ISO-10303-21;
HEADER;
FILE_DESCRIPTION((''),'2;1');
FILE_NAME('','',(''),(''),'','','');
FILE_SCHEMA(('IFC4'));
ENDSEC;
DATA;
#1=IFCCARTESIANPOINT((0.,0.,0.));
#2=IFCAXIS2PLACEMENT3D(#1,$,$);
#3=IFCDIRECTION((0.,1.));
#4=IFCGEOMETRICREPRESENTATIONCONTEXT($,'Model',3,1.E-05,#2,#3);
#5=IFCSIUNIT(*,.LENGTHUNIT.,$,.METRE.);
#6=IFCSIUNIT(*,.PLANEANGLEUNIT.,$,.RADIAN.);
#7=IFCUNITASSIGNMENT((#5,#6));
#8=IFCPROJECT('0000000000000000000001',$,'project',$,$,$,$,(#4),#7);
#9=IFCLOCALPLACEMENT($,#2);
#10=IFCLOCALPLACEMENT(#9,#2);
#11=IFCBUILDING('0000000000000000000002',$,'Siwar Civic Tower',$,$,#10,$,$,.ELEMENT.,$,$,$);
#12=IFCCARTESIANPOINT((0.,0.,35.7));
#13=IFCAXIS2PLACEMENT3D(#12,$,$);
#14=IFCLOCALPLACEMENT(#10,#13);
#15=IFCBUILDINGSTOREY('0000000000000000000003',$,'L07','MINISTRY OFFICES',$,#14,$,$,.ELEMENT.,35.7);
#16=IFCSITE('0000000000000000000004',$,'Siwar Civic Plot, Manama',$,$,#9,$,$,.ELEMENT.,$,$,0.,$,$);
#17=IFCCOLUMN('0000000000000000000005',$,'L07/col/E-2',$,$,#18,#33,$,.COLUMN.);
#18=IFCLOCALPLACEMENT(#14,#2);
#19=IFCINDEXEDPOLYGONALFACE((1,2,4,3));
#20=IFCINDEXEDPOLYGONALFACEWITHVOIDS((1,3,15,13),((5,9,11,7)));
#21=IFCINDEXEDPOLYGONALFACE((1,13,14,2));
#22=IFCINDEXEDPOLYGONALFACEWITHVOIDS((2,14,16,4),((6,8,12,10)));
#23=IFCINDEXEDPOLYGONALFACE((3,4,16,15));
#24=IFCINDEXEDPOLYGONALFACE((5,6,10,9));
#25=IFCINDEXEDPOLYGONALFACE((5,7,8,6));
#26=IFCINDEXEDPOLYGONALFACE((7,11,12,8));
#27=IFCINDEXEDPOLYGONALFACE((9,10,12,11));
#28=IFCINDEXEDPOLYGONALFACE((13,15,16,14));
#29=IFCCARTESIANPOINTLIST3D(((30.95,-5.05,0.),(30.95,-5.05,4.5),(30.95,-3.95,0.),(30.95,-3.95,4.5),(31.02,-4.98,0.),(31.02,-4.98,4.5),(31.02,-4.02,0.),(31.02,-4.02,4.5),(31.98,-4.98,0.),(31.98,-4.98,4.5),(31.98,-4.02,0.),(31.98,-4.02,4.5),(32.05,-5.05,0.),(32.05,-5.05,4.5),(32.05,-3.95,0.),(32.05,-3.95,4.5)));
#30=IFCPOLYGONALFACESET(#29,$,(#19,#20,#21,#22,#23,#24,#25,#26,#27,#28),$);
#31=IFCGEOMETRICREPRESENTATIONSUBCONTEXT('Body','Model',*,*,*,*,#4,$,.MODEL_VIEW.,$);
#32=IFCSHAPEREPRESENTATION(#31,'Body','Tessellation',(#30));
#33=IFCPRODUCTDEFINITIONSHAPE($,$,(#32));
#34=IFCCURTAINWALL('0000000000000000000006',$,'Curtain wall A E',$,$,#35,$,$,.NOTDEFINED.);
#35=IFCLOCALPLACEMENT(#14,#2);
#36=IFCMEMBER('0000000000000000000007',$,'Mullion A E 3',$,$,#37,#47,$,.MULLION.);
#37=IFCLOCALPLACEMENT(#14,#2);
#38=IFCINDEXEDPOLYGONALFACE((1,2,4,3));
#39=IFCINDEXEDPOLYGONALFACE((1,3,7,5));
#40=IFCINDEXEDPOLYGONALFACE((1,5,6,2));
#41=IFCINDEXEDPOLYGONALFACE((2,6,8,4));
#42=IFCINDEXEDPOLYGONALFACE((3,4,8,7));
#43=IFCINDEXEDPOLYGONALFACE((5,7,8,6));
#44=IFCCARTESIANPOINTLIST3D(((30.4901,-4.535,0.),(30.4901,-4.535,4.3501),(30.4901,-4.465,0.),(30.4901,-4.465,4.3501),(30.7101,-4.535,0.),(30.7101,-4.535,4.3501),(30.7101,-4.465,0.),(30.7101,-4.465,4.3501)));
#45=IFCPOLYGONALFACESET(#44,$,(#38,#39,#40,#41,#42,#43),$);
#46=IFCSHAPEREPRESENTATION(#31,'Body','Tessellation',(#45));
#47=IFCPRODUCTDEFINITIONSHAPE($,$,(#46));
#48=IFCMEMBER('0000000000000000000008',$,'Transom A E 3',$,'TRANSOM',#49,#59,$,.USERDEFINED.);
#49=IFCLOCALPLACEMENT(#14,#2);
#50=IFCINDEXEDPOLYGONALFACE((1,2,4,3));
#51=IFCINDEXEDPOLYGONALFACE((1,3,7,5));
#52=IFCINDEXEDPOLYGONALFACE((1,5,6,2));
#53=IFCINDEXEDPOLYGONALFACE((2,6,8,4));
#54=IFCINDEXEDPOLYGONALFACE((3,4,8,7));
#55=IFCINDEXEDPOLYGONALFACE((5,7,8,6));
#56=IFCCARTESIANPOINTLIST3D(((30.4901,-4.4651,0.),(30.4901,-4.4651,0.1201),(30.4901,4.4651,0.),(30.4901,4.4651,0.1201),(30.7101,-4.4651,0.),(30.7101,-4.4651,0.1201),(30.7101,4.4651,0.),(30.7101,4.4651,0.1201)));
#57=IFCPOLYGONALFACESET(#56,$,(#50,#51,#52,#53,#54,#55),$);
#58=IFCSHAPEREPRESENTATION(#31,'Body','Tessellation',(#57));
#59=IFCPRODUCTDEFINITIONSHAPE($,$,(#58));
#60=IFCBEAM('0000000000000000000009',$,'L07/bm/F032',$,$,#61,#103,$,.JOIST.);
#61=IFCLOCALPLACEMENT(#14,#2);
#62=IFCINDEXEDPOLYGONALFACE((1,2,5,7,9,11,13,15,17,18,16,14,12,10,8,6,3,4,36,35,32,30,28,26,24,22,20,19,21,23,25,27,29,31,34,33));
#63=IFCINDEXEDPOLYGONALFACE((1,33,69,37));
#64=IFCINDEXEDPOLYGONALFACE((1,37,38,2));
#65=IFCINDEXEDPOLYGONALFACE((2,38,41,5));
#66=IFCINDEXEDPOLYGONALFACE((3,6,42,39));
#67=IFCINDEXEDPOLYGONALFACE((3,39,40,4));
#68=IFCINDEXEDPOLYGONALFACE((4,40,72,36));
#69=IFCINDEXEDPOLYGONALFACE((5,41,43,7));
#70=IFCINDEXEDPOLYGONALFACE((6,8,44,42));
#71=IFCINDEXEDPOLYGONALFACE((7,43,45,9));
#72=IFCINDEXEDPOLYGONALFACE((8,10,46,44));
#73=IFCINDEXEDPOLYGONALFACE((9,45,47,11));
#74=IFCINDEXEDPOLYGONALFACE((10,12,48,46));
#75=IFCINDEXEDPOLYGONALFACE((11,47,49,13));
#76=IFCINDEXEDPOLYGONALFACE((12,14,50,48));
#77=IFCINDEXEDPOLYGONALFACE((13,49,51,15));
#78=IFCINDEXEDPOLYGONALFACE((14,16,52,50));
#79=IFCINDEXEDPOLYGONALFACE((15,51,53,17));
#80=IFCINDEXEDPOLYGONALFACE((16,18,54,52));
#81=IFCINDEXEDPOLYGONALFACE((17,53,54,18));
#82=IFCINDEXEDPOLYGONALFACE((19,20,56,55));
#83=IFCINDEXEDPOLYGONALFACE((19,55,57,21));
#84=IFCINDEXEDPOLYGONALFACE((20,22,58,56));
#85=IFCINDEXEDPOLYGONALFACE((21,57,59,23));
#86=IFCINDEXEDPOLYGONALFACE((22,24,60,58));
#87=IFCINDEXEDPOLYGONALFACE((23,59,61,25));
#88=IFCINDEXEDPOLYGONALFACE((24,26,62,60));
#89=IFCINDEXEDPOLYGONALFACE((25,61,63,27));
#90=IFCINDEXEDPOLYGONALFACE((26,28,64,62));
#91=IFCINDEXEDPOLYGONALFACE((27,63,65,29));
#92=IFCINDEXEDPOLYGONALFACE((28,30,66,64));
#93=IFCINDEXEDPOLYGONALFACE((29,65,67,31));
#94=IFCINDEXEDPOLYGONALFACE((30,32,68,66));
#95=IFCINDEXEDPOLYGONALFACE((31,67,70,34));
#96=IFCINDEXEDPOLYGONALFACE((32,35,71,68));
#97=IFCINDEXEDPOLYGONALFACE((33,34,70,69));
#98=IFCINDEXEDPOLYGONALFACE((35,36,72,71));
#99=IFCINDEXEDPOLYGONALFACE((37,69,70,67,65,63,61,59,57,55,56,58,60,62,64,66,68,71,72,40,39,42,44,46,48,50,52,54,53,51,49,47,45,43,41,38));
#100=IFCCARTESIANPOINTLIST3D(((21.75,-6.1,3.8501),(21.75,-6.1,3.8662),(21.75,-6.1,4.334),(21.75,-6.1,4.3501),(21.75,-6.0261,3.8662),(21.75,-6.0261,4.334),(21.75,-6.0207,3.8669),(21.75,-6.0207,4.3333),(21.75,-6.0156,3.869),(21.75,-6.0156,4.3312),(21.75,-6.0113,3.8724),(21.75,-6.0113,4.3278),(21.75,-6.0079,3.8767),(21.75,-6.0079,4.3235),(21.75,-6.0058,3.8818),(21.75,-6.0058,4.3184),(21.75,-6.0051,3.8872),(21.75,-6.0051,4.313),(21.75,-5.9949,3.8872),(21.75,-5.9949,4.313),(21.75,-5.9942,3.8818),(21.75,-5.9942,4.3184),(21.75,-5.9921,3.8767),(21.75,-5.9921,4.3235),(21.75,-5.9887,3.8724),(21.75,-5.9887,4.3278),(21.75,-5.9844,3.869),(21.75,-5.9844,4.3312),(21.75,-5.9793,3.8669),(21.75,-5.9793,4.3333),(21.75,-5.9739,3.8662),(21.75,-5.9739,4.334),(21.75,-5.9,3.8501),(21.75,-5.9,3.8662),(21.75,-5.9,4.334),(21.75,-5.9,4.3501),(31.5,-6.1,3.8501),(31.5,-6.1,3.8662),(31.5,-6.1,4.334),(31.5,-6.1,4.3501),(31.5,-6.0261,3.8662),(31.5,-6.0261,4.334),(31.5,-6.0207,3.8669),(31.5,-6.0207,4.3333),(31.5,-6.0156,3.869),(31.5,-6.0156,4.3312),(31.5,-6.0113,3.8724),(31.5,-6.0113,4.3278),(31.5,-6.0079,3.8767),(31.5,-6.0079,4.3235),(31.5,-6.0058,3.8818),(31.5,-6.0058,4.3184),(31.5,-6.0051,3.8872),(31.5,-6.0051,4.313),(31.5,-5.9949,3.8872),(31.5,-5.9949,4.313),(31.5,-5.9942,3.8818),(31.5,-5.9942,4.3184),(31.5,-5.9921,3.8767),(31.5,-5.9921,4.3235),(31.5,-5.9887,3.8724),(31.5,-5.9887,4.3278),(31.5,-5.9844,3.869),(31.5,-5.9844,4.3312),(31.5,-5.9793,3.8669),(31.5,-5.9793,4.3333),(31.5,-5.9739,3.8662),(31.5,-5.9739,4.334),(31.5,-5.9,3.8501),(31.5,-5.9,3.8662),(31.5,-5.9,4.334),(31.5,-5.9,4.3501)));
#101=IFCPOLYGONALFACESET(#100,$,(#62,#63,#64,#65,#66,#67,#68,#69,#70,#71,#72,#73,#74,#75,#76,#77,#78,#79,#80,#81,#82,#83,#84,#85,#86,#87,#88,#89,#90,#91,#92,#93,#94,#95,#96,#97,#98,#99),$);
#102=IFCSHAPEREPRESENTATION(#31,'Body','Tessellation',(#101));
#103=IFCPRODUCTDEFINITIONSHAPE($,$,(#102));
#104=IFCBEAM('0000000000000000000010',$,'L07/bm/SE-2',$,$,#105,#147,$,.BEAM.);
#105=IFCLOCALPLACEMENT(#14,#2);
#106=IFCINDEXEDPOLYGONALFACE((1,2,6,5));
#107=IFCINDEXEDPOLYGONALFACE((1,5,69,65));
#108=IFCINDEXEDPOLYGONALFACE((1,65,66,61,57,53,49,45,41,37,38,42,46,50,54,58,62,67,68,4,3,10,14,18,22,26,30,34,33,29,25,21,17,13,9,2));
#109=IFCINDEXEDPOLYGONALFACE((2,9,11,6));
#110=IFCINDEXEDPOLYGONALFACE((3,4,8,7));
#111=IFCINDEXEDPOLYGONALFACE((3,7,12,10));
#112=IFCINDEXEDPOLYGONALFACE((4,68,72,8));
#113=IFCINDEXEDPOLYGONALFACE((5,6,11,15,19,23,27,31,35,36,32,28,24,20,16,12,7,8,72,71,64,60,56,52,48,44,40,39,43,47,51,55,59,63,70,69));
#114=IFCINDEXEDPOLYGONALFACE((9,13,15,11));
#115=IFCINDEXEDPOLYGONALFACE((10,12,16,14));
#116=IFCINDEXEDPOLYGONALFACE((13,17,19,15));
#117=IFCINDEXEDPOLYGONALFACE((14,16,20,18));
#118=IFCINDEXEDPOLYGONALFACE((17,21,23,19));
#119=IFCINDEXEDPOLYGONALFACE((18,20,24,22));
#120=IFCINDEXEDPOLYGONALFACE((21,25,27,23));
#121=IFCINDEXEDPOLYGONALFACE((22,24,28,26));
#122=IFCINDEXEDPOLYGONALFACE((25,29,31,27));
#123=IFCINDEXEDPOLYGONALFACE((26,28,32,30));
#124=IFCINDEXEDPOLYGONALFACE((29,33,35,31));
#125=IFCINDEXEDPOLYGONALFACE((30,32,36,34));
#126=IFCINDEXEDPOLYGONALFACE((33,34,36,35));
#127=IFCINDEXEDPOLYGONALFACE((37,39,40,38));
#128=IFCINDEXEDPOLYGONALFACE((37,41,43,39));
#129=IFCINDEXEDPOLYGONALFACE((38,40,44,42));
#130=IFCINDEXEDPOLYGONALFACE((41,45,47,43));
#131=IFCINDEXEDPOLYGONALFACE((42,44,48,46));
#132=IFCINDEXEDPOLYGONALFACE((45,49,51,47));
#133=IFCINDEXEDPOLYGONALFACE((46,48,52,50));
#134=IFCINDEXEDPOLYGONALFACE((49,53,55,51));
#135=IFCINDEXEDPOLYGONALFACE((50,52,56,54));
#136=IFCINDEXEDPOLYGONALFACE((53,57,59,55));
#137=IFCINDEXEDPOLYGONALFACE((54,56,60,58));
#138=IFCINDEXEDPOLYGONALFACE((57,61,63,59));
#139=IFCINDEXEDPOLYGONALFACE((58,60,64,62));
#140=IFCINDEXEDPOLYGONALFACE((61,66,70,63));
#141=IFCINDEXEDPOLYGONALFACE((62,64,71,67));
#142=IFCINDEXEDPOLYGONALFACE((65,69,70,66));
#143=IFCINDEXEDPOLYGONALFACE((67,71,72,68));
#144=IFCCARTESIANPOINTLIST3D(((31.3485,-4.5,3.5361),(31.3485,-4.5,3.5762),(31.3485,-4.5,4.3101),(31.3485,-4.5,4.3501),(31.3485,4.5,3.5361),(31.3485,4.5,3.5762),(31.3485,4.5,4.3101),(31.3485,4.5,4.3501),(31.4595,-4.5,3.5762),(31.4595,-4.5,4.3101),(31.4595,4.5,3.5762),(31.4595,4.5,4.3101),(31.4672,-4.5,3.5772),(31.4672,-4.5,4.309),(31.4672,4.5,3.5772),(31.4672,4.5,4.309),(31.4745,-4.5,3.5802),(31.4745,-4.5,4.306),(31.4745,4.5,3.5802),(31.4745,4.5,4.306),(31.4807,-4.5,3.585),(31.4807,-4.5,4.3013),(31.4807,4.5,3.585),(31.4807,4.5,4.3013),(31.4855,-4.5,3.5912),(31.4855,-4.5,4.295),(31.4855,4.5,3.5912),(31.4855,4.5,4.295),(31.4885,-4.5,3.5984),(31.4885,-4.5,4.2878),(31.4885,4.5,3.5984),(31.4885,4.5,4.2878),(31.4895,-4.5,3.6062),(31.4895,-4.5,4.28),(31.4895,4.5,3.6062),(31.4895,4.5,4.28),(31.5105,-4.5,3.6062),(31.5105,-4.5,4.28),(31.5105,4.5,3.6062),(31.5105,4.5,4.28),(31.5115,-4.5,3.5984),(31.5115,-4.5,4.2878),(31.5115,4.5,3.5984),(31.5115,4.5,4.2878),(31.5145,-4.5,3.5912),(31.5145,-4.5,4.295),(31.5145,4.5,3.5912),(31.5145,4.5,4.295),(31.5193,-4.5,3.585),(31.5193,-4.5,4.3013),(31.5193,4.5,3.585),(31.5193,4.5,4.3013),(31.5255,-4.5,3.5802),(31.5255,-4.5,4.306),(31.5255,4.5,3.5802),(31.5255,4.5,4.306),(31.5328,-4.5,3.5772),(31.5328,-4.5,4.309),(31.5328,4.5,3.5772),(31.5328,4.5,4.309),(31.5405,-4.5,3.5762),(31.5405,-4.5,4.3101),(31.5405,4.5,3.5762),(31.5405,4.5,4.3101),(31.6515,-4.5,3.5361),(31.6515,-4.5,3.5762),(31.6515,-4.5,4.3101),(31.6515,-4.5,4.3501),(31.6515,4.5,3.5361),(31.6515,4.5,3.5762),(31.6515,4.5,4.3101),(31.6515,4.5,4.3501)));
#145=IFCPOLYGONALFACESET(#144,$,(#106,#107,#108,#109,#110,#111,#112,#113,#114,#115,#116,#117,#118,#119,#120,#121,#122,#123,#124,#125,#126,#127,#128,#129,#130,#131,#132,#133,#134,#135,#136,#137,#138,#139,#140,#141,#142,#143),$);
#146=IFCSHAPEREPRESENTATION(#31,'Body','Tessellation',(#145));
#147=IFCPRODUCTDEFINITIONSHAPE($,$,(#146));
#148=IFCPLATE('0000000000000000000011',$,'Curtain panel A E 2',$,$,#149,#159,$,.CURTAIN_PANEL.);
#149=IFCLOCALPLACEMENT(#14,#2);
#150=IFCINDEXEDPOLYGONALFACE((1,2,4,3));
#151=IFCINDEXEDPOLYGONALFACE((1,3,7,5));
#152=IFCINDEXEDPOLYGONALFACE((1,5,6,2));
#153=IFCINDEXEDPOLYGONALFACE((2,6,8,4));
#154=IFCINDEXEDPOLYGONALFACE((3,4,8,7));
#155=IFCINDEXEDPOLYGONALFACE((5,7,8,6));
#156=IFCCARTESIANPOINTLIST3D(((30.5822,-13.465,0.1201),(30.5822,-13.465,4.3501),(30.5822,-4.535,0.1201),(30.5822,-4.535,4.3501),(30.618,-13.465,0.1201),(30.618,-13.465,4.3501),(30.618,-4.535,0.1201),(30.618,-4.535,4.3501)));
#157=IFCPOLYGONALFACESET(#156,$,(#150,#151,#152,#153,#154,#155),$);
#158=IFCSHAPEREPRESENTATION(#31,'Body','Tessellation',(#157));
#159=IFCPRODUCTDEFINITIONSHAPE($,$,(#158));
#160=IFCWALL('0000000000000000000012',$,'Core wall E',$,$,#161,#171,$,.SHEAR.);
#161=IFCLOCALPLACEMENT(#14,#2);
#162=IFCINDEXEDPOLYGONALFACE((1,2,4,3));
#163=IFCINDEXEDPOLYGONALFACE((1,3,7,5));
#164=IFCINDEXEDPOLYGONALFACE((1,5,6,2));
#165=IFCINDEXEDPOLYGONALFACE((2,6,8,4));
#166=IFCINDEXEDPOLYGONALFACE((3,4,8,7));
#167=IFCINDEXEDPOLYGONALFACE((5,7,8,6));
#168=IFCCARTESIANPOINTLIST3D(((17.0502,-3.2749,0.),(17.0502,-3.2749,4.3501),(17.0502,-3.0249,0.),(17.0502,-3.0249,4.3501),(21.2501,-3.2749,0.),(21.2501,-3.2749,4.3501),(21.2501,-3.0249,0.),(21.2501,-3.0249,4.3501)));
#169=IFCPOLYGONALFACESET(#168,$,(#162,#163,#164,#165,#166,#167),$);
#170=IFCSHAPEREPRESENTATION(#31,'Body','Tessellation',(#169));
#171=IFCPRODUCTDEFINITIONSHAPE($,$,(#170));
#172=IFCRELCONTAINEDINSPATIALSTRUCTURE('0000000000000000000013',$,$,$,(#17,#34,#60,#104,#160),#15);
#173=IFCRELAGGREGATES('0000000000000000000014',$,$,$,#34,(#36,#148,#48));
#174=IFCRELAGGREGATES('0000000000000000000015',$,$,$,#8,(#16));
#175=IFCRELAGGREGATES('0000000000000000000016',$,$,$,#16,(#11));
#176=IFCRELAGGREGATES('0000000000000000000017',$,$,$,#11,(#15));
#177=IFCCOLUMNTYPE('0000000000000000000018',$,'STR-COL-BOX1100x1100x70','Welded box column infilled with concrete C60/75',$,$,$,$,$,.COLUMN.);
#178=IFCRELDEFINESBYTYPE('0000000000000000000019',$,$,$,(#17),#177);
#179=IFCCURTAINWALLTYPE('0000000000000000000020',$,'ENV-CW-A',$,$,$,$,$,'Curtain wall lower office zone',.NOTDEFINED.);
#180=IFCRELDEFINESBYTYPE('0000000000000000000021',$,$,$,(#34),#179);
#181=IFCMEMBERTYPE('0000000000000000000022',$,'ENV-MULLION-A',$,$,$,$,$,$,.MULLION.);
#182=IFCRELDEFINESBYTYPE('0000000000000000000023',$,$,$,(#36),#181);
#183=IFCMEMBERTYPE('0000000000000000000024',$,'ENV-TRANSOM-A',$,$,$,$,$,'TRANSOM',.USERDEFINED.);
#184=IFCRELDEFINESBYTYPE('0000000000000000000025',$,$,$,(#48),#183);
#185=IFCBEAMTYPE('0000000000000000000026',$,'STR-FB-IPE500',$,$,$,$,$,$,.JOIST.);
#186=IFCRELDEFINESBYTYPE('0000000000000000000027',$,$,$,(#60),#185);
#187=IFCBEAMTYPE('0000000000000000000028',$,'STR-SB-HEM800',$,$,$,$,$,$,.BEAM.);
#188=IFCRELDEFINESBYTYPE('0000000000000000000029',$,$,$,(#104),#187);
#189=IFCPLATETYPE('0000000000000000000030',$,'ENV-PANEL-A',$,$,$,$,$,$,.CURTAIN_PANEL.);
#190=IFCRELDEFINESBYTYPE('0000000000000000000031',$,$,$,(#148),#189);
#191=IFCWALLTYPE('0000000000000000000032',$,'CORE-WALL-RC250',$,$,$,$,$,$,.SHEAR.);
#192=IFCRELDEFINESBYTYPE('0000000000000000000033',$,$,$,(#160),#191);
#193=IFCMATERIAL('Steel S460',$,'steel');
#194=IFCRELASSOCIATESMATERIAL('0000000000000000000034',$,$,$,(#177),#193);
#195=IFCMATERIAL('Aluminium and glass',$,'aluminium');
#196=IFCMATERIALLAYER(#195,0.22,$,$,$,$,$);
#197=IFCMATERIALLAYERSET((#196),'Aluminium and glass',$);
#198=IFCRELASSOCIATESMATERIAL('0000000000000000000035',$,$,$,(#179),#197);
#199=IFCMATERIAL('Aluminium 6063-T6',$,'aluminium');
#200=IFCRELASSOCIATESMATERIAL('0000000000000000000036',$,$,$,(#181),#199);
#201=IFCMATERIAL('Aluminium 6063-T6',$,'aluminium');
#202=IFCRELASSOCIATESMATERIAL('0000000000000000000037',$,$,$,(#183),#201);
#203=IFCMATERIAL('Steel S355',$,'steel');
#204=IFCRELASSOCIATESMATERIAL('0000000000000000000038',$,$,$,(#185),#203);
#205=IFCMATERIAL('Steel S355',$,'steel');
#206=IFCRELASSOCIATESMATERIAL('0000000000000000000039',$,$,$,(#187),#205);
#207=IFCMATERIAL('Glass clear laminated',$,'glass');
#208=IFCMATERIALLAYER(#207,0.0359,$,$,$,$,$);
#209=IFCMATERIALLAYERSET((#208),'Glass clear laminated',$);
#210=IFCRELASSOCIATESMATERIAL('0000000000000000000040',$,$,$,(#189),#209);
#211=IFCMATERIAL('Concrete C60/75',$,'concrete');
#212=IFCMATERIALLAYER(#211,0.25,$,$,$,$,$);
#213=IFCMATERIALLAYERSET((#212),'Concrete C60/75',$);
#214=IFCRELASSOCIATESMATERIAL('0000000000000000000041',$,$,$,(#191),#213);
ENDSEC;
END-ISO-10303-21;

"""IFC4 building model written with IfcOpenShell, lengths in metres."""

from ifc_helpers import new_model, si_unit, direction, frame, frame_2d, origin, origin_2d, place, context, subcontext, project, spatial, rectangle, hollow_rectangle, i_section, extrude, material, layer, layer_set, material_profile, profile_set, type_object, element, aggregate, save


model = new_model("IFC4")

# Units and contexts
model_context = context("Model", 3, precision=1e-05, world=origin(), true_north=direction((0.0, 1.0)))
body_context = subcontext(model_context, "Body", "Model", "MODEL_VIEW")
ifc_project = project(units=[si_unit("LENGTHUNIT", "METRE"), si_unit("PLANEANGLEUNIT", "RADIAN")], contexts=[model_context])

# Site, building, storey
site_placement = place(None, origin())
site = spatial("IfcSite", under=ifc_project, at=site_placement, Name="Siwar Civic Plot, Manama", CompositionType="ELEMENT", RefElevation=0.0)
building_placement = place(site_placement, origin())
building = spatial("IfcBuilding", under=site, at=building_placement, Name="Siwar Civic Tower", CompositionType="ELEMENT")
storey_placement = place(building_placement, frame((0.0, 0.0, 35.7)))
storey = spatial("IfcBuildingStorey", under=building, at=storey_placement, Name="L07", Description="MINISTRY OFFICES", CompositionType="ELEMENT", Elevation=35.7)

# Column
ifc_material_1 = material(Name="Steel S460", Category="steel")
ifc_material_profile_1 = material_profile(ifc_material_1, hollow_rectangle(XDim=1.1001, YDim=1.1001, WallThickness=0.0701, at=origin_2d()), Name="BOX1100x1100x70")
ifc_profile_set_1 = profile_set([ifc_material_profile_1], Name="Steel S460")
column_type = type_object("IfcColumnType", Name="STR-COL-BOX1100x1100x70", Description="Welded box column infilled with concrete C60/75", PredefinedType="COLUMN", material=ifc_profile_set_1)
column_placement = place(storey_placement, frame((31.5, -4.5, 0.0), z_axis=(0.0, 0.0, 1.0), x_axis=(1.0, 0.0, 0.0)))
element("IfcColumn", 1, at=column_placement, inside=storey, type_object=column_type, Name="L07/col/E-2", PredefinedType="COLUMN", context=body_context, shape_type="SweptSolid", body=[
    extrude(hollow_rectangle(XDim=1.1001, YDim=1.1001, WallThickness=0.0701, at=origin_2d()), origin(), (0.0, 0.0, 1.0), 4.5),
])

# Curtain wall, members
ifc_material_2 = material(Name="Aluminium and glass", Category="aluminium")
ifc_layer_1 = layer(ifc_material_2, 0.22)
ifc_layer_set_1 = layer_set([ifc_layer_1], Name="Aluminium and glass")
curtain_wall_type = type_object("IfcCurtainWallType", Name="ENV-CW-A", ElementType="Curtain wall lower office zone", PredefinedType="NOTDEFINED", material=ifc_layer_set_1)
curtain_wall_placement = place(storey_placement, origin())
curtain_wall = element("IfcCurtainWall", 2, at=curtain_wall_placement, inside=storey, type_object=curtain_wall_type, Name="Curtain wall A E", PredefinedType="NOTDEFINED")
ifc_material_3 = material(Name="Aluminium 6063-T6", Category="aluminium")
ifc_material_profile_2 = material_profile(ifc_material_3, rectangle(XDim=0.22, YDim=0.0701, at=origin_2d()), Name="AL 220x70")
ifc_profile_set_2 = profile_set([ifc_material_profile_2], Name="Aluminium 6063-T6")
member_type_1 = type_object("IfcMemberType", Name="ENV-MULLION-A", PredefinedType="MULLION", material=ifc_profile_set_2)
member_1_placement = place(storey_placement, frame((30.6001, -4.5, 0.0), z_axis=(0.0, 0.0, 1.0), x_axis=(-1.0, 0.0, 0.0)))
member_1 = element("IfcMember", 3, at=member_1_placement, type_object=member_type_1, Name="Mullion A E 3", PredefinedType="MULLION", context=body_context, shape_type="SweptSolid", body=[
    extrude(rectangle(XDim=0.22, YDim=0.0701, at=origin_2d()), origin(), (0.0, 0.0, 1.0), 4.3501),
])
ifc_material_4 = material(Name="Aluminium 6063-T6", Category="aluminium")
ifc_material_profile_3 = material_profile(ifc_material_4, rectangle(XDim=0.22, YDim=0.1201, at=origin_2d()), Name="AL 220x120")
ifc_profile_set_3 = profile_set([ifc_material_profile_3], Name="Aluminium 6063-T6")
member_type_2 = type_object("IfcMemberType", Name="ENV-TRANSOM-A", ElementType="TRANSOM", PredefinedType="USERDEFINED", material=ifc_profile_set_3)
member_2_placement = place(storey_placement, frame((30.6001, -4.4651, 0.0601), z_axis=(0.0, 1.0, 0.0), x_axis=(-1.0, 0.0, 0.0)))
member_2 = element("IfcMember", 4, at=member_2_placement, type_object=member_type_2, Name="Transom A E 3", ObjectType="TRANSOM", PredefinedType="USERDEFINED", context=body_context, shape_type="SweptSolid", body=[
    extrude(rectangle(XDim=0.22, YDim=0.1201, at=origin_2d()), origin(), (0.0, 0.0, 1.0), 8.9302),
])

# Beams
ifc_material_5 = material(Name="Steel S355", Category="steel")
ifc_material_profile_4 = material_profile(ifc_material_5, i_section(OverallWidth=0.2, OverallDepth=0.5, WebThickness=0.0103, FlangeThickness=0.0161, FilletRadius=0.021, at=origin_2d()), Name="IPE500")
ifc_profile_set_4 = profile_set([ifc_material_profile_4], Name="Steel S355")
beam_type_1 = type_object("IfcBeamType", Name="STR-FB-IPE500", PredefinedType="JOIST", material=ifc_profile_set_4)
beam_1_placement = place(storey_placement, frame((21.75, -6.0, 4.1001), z_axis=(1.0, 0.0, 0.0), x_axis=(0.0, 1.0, 0.0)))
element("IfcBeam", 5, at=beam_1_placement, inside=storey, type_object=beam_type_1, Name="L07/bm/F032", PredefinedType="JOIST", context=body_context, shape_type="SweptSolid", body=[
    extrude(i_section(OverallWidth=0.2, OverallDepth=0.5, WebThickness=0.0103, FlangeThickness=0.0161, FilletRadius=0.021, at=origin_2d()), origin(), (0.0, 0.0, 1.0), 9.75),
])
ifc_material_6 = material(Name="Steel S355", Category="steel")
ifc_material_profile_5 = material_profile(ifc_material_6, i_section(OverallWidth=0.303, OverallDepth=0.814, WebThickness=0.021, FlangeThickness=0.04, FilletRadius=0.03, at=origin_2d()), Name="HEM800")
ifc_profile_set_5 = profile_set([ifc_material_profile_5], Name="Steel S355")
beam_type_2 = type_object("IfcBeamType", Name="STR-SB-HEM800", PredefinedType="BEAM", material=ifc_profile_set_5)
beam_2_placement = place(storey_placement, frame((31.5, -4.5, 3.9431), z_axis=(0.0, 1.0, 0.0), x_axis=(-1.0, 0.0, 0.0)))
element("IfcBeam", 6, at=beam_2_placement, inside=storey, type_object=beam_type_2, Name="L07/bm/SE-2", PredefinedType="BEAM", context=body_context, shape_type="SweptSolid", body=[
    extrude(i_section(OverallWidth=0.303, OverallDepth=0.814, WebThickness=0.021, FlangeThickness=0.04, FilletRadius=0.03, at=origin_2d()), origin(), (0.0, 0.0, 1.0), 9.0),
])

# Plate
ifc_material_7 = material(Name="Glass clear laminated", Category="glass")
ifc_layer_2 = layer(ifc_material_7, 0.0359)
ifc_layer_set_2 = layer_set([ifc_layer_2], Name="Glass clear laminated")
plate_type = type_object("IfcPlateType", Name="ENV-PANEL-A", PredefinedType="CURTAIN_PANEL", material=ifc_layer_set_2)
plate_placement = place(storey_placement, frame((30.6001, -9.0, 0.1201), z_axis=(0.0, 0.0, 1.0), x_axis=(0.0, 1.0, 0.0)))
plate = element("IfcPlate", 7, at=plate_placement, type_object=plate_type, Name="Curtain panel A E 2", PredefinedType="CURTAIN_PANEL", context=body_context, shape_type="SweptSolid", body=[
    extrude(rectangle(XDim=8.9299, YDim=0.0359, at=origin_2d()), origin(), (0.0, 0.0, 1.0), 4.23),
])
aggregate(curtain_wall, [member_1, plate, member_2])

# Wall
ifc_material_8 = material(Name="Concrete C60/75", Category="concrete")
ifc_layer_3 = layer(ifc_material_8, 0.25)
ifc_layer_set_3 = layer_set([ifc_layer_3], Name="Concrete C60/75")
wall_type_1 = type_object("IfcWallType", Name="CORE-WALL-RC250", PredefinedType="SHEAR", material=ifc_layer_set_3)
wall_1_placement = place(storey_placement, frame((17.05, -3.1499, 0.0), z_axis=(0.0, 0.0, 1.0), x_axis=(1.0, 0.0, 0.0)))
element("IfcWall", 8, at=wall_1_placement, inside=storey, type_object=wall_type_1, Name="Core wall E", PredefinedType="SHEAR", context=body_context, shape_type="SweptSolid", body=[
    extrude(rectangle(XDim=4.2, YDim=0.25, at=frame_2d((2.1001, 0.0))), origin(), (0.0, 0.0, 1.0), 4.3501),
])

save(model, "model.ifc")
